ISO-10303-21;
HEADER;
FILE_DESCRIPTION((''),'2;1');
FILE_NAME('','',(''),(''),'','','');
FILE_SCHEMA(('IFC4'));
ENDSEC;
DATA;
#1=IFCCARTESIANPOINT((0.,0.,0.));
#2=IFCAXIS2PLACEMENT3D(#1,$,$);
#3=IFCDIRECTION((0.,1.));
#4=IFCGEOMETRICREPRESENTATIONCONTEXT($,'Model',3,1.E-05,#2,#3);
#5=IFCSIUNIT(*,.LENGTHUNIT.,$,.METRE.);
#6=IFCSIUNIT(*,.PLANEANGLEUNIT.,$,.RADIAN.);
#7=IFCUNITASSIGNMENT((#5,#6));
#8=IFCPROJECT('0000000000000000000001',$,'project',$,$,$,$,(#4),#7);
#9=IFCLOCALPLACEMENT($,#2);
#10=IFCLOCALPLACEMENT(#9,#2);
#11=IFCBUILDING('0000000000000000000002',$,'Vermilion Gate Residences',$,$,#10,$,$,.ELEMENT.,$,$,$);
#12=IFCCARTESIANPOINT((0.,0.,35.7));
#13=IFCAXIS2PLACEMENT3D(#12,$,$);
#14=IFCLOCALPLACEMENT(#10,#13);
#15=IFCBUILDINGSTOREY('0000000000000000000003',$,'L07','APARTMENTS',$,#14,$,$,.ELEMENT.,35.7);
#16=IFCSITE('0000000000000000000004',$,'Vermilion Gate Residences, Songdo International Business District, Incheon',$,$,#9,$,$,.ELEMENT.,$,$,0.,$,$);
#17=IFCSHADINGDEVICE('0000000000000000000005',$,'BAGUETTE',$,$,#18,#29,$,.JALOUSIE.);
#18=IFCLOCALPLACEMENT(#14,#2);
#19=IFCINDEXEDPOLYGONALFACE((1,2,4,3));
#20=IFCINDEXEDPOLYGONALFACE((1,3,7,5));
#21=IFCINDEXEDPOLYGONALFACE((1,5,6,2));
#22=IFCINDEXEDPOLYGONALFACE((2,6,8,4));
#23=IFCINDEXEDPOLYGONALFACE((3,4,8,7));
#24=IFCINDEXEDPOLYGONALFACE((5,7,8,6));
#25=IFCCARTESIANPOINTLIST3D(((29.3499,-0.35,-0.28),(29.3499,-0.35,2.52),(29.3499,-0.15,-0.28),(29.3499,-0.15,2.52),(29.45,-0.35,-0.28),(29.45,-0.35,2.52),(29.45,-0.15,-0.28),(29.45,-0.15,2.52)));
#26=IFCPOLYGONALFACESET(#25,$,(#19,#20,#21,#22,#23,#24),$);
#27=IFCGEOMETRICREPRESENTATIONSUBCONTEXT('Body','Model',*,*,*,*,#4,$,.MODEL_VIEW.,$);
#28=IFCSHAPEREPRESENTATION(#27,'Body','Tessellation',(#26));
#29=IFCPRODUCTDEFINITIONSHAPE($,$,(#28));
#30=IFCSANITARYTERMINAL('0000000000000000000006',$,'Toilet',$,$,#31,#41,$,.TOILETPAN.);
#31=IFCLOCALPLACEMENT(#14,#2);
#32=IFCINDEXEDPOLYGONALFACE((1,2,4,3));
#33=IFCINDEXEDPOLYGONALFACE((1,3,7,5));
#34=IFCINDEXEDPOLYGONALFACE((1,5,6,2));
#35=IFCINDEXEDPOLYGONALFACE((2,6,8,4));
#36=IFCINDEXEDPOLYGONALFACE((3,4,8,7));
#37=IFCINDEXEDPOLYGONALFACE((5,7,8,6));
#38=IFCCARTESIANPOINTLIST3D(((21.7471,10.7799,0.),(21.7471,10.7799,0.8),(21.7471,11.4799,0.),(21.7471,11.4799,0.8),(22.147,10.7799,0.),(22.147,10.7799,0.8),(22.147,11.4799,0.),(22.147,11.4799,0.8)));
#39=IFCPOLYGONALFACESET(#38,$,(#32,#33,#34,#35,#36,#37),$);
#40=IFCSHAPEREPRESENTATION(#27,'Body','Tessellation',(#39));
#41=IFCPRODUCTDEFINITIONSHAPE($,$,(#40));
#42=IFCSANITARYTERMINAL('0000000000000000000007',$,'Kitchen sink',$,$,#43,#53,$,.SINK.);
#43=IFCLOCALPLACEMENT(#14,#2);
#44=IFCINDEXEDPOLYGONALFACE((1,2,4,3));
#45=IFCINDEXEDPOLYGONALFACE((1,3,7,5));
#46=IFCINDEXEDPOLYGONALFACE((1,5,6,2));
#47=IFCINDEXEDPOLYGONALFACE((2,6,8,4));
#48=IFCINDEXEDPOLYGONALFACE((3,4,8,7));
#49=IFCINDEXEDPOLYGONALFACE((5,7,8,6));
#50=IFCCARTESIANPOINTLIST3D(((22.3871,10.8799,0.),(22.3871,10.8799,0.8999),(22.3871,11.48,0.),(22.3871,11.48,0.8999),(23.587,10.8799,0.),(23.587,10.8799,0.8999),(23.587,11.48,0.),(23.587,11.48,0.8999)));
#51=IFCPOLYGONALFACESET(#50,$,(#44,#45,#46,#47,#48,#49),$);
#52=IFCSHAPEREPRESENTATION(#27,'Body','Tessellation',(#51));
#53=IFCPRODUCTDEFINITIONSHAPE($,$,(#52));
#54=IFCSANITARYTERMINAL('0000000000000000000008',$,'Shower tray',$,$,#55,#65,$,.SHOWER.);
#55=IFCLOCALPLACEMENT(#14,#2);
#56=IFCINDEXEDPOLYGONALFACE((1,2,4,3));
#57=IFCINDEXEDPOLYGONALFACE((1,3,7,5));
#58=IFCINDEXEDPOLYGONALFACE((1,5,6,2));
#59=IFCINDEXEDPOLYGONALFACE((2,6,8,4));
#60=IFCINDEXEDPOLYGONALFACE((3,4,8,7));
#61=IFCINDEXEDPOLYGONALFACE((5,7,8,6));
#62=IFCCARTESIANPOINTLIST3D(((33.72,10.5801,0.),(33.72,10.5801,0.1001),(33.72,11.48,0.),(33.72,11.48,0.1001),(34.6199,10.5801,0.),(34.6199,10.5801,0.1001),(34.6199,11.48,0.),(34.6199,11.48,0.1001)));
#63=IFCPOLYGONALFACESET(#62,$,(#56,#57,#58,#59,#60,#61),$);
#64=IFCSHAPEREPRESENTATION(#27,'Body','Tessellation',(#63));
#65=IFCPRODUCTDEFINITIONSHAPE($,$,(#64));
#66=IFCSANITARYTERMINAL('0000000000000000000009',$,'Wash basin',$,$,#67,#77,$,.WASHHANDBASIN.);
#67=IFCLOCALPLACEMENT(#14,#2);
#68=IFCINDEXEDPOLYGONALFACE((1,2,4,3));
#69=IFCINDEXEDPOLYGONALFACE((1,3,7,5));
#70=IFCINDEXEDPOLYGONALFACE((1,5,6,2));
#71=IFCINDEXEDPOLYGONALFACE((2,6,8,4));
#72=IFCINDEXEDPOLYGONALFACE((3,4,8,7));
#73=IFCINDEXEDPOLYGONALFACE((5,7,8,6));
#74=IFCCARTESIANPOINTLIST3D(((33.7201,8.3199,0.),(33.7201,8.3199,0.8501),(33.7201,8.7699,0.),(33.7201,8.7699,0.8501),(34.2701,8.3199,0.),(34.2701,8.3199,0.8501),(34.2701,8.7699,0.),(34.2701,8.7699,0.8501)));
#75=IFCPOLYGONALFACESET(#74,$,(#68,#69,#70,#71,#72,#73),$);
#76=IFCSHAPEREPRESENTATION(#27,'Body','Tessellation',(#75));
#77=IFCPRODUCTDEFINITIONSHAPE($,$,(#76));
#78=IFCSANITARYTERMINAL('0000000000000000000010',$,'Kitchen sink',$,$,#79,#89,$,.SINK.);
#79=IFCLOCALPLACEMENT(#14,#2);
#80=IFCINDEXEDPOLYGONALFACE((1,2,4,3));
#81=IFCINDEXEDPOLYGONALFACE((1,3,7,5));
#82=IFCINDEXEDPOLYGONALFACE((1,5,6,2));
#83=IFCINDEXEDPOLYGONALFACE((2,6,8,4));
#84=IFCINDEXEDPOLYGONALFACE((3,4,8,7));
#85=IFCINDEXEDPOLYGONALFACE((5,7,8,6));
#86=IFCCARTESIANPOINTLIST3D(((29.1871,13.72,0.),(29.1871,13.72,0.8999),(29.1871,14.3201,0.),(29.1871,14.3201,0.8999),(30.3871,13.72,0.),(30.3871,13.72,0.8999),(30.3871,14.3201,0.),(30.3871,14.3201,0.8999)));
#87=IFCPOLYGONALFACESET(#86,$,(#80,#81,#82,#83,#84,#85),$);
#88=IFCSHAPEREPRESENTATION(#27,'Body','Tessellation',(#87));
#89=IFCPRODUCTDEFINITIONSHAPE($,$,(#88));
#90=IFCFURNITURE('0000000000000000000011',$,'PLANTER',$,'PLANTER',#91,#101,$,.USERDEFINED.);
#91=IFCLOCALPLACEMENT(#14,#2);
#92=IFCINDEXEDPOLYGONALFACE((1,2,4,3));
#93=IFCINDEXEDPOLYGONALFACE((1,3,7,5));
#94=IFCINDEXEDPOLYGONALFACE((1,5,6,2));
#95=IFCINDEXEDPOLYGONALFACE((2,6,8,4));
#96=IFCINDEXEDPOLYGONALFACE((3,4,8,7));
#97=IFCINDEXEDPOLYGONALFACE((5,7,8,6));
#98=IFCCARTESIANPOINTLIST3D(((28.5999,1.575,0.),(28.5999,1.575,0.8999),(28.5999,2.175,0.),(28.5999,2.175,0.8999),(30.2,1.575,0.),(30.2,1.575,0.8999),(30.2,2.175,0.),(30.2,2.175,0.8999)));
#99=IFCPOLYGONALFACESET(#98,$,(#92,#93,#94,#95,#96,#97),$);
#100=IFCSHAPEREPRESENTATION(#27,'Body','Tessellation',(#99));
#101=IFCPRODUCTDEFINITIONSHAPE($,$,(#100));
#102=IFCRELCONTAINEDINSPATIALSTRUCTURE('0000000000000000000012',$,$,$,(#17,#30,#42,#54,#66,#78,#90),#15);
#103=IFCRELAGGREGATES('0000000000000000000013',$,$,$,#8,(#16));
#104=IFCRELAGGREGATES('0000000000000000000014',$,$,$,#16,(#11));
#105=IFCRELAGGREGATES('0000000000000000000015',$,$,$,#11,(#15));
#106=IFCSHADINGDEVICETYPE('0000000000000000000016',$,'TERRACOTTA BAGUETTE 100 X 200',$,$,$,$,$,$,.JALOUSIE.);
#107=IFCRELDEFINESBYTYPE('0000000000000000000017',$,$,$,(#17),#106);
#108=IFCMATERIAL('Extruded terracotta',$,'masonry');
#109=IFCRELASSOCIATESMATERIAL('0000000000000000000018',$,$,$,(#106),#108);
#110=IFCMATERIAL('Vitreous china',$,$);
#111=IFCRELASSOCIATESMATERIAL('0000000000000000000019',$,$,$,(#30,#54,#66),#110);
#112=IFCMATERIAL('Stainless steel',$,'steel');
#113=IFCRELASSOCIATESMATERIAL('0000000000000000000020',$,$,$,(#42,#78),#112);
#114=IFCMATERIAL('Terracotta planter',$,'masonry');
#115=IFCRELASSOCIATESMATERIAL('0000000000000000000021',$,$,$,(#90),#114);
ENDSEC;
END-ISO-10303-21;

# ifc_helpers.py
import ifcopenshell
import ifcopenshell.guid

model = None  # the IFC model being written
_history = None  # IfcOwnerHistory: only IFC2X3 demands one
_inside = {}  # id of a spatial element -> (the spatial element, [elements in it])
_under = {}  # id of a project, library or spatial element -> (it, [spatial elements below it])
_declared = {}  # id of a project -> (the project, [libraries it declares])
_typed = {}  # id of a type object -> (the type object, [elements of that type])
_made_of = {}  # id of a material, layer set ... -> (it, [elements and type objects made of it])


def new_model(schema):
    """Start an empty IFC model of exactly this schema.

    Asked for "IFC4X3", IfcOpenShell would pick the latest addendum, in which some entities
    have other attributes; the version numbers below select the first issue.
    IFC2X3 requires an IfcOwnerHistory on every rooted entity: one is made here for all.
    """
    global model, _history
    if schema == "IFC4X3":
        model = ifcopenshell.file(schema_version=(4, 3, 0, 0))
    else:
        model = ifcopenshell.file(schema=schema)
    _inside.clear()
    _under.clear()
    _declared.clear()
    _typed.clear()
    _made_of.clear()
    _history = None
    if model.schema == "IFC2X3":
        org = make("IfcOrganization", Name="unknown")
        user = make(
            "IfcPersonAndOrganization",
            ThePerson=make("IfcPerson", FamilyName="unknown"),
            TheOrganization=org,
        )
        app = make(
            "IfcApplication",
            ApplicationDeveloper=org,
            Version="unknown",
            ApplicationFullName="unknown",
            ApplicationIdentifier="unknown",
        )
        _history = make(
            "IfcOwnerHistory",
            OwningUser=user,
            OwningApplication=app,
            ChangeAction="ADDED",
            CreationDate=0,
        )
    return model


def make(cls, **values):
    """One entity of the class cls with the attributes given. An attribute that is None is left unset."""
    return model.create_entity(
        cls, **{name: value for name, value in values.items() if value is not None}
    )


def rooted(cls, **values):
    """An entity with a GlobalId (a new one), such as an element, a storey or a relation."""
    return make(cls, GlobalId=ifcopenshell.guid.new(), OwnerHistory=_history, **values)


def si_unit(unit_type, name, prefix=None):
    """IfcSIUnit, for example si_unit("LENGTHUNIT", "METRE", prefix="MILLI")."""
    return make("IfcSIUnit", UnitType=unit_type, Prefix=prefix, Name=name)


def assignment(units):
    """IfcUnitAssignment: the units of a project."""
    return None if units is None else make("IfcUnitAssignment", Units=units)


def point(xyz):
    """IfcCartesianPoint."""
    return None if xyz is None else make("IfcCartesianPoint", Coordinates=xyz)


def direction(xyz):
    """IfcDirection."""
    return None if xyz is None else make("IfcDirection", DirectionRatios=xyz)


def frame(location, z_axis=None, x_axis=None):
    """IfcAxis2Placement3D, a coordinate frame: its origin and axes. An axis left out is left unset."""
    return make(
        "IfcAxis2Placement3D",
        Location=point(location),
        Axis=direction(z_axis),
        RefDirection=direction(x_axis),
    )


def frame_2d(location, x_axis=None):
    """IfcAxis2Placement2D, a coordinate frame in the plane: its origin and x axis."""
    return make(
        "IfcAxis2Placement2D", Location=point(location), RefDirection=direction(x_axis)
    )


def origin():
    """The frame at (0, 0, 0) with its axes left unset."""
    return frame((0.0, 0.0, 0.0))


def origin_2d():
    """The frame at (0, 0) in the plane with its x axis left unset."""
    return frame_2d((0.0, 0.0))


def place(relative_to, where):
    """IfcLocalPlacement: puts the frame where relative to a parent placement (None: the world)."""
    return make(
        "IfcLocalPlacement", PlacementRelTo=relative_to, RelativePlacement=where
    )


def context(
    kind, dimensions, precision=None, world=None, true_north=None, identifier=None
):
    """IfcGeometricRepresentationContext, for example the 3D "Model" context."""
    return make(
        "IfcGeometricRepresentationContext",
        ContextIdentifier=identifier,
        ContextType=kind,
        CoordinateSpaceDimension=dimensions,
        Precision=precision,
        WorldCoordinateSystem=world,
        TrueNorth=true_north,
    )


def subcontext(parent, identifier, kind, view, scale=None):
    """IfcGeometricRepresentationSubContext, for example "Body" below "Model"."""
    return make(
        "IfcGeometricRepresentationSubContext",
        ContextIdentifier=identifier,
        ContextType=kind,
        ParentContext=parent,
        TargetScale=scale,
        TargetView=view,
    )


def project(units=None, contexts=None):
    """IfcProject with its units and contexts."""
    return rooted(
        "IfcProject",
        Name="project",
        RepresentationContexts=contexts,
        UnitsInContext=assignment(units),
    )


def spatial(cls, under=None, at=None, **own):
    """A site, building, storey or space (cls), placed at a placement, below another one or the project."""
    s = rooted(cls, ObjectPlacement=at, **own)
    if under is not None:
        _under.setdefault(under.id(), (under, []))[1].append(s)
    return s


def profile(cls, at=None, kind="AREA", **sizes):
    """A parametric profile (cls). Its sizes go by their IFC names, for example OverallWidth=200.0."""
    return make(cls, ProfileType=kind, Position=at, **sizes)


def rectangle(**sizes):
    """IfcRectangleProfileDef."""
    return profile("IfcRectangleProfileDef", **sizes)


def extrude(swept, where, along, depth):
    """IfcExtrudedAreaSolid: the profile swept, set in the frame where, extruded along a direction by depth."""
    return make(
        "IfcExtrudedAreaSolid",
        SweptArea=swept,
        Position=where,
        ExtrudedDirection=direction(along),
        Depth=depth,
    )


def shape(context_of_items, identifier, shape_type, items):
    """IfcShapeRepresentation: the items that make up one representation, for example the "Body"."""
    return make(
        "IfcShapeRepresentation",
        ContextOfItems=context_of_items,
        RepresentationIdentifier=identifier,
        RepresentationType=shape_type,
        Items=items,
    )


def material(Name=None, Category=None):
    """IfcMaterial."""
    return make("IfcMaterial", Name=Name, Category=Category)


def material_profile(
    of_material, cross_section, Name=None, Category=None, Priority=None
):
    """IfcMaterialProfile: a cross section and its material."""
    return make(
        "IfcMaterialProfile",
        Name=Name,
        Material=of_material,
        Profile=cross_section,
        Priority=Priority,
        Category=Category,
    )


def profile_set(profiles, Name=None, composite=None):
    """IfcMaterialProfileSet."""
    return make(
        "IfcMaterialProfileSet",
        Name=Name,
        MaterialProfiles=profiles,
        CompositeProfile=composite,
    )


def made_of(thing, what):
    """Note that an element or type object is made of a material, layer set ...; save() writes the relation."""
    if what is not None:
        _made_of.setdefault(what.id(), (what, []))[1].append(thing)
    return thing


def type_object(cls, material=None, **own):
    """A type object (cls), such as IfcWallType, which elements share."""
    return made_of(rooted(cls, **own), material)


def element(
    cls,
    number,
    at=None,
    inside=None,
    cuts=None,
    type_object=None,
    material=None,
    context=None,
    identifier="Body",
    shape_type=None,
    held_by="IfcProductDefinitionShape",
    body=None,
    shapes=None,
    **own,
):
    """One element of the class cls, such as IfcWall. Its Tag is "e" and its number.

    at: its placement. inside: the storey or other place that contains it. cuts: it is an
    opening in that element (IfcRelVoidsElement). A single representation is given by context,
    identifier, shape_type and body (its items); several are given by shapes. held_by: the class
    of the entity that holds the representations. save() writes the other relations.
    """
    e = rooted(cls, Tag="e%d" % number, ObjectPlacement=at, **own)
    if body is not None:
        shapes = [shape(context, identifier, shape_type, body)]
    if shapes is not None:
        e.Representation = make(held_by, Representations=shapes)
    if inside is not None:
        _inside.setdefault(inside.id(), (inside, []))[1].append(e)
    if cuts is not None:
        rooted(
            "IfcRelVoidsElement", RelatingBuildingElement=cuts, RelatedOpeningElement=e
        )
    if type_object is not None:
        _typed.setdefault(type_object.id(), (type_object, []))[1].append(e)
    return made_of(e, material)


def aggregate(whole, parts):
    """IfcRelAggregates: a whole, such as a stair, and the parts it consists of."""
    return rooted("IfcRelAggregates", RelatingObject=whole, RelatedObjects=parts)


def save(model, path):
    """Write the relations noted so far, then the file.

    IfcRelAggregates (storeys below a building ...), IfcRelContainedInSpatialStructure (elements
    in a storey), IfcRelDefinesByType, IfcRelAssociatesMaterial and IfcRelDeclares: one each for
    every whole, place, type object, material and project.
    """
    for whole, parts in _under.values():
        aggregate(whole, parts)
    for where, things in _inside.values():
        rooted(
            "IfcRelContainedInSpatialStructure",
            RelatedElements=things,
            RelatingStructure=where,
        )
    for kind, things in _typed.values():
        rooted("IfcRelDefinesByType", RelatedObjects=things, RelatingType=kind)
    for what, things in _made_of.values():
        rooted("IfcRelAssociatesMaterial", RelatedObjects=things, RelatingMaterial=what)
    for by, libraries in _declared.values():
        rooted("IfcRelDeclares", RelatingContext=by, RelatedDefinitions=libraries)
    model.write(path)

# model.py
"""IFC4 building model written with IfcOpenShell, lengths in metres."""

from ifc_helpers import new_model, si_unit, direction, frame, origin, origin_2d, place, context, subcontext, project, spatial, rectangle, extrude, material, material_profile, profile_set, type_object, element, save


model = new_model("IFC4")

# Units and contexts
model_context = context("Model", 3, precision=1e-05, world=origin(), true_north=direction((0.0, 1.0)))
body_context = subcontext(model_context, "Body", "Model", "MODEL_VIEW")
ifc_project = project(units=[si_unit("LENGTHUNIT", "METRE"), si_unit("PLANEANGLEUNIT", "RADIAN")], contexts=[model_context])

# Site, building, storey
site_placement = place(None, origin())
site = spatial("IfcSite", under=ifc_project, at=site_placement, Name="Vermilion Gate Residences, Songdo International Business District, Incheon", CompositionType="ELEMENT", RefElevation=0.0)
building_placement = place(site_placement, origin())
building = spatial("IfcBuilding", under=site, at=building_placement, Name="Vermilion Gate Residences", CompositionType="ELEMENT")
storey_placement = place(building_placement, frame((0.0, 0.0, 35.7)))
storey = spatial("IfcBuildingStorey", under=building, at=storey_placement, Name="L07", Description="APARTMENTS", CompositionType="ELEMENT", Elevation=35.7)

# Shading device
ifc_material_1 = material(Name="Extruded terracotta", Category="masonry")
ifc_material_profile_1 = material_profile(ifc_material_1, rectangle(XDim=0.2, YDim=0.1001, at=origin_2d()), Name="BAGUETTE 100 X 200")
ifc_profile_set_1 = profile_set([ifc_material_profile_1], Name="Extruded terracotta")
shading_device_type = type_object("IfcShadingDeviceType", Name="TERRACOTTA BAGUETTE 100 X 200", PredefinedType="JALOUSIE", material=ifc_profile_set_1)
for number, where, z_axis, x_axis, name in (
    (1, (29.3999, -0.25, -0.28), (0.0, 0.0, 1.0), (0.0, 1.0, 0.0), "BAGUETTE"),
):
    element("IfcShadingDevice", number, at=place(storey_placement, frame(where, z_axis=z_axis, x_axis=x_axis)), inside=storey, type_object=shading_device_type, Name=name, PredefinedType="JALOUSIE", context=body_context, shape_type="SweptSolid", body=[
        extrude(rectangle(XDim=0.2, YDim=0.1001, at=origin_2d()), origin(), (0.0, 0.0, 1.0), 2.8),
    ])

# Sanitary terminals
ifc_material_2 = material(Name="Vitreous china")
sanitary_terminal_1_placement = place(storey_placement, frame((21.947, 11.1299, 0.0), z_axis=(0.0, 0.0, 1.0), x_axis=(1.0, 0.0, 0.0)))
element("IfcSanitaryTerminal", 2, at=sanitary_terminal_1_placement, inside=storey, material=ifc_material_2, Name="Toilet", PredefinedType="TOILETPAN", context=body_context, shape_type="SweptSolid", body=[
    extrude(rectangle(XDim=0.3999, YDim=0.7, at=origin_2d()), origin(), (0.0, 0.0, 1.0), 0.8),
])
ifc_material_3 = material(Name="Stainless steel", Category="steel")
sanitary_terminal_2_placement = place(storey_placement, frame((22.9871, 11.1799, 0.0), z_axis=(0.0, 0.0, 1.0), x_axis=(1.0, 0.0, 0.0)))
element("IfcSanitaryTerminal", 3, at=sanitary_terminal_2_placement, inside=storey, material=ifc_material_3, Name="Kitchen sink", PredefinedType="SINK", context=body_context, shape_type="SweptSolid", body=[
    extrude(rectangle(XDim=1.2, YDim=0.6001, at=origin_2d()), origin(), (0.0, 0.0, 1.0), 0.8999),
])
sanitary_terminal_3_placement = place(storey_placement, frame((34.1699, 11.03, 0.0), z_axis=(0.0, 0.0, 1.0), x_axis=(1.0, 0.0, 0.0)))
element("IfcSanitaryTerminal", 4, at=sanitary_terminal_3_placement, inside=storey, material=ifc_material_2, Name="Shower tray", PredefinedType="SHOWER", context=body_context, shape_type="SweptSolid", body=[
    extrude(rectangle(XDim=0.8999, YDim=0.8999, at=origin_2d()), origin(), (0.0, 0.0, 1.0), 0.1001),
])
sanitary_terminal_4_placement = place(storey_placement, frame((33.9951, 8.5449, 0.0), z_axis=(0.0, 0.0, 1.0), x_axis=(1.0, 0.0, 0.0)))
element("IfcSanitaryTerminal", 5, at=sanitary_terminal_4_placement, inside=storey, material=ifc_material_2, Name="Wash basin", PredefinedType="WASHHANDBASIN", context=body_context, shape_type="SweptSolid", body=[
    extrude(rectangle(XDim=0.55, YDim=0.45, at=origin_2d()), origin(), (0.0, 0.0, 1.0), 0.8501),
])
sanitary_terminal_5_placement = place(storey_placement, frame((29.7871, 14.02, 0.0), z_axis=(0.0, 0.0, 1.0), x_axis=(1.0, 0.0, 0.0)))
element("IfcSanitaryTerminal", 6, at=sanitary_terminal_5_placement, inside=storey, material=ifc_material_3, Name="Kitchen sink", PredefinedType="SINK", context=body_context, shape_type="SweptSolid", body=[
    extrude(rectangle(XDim=1.2, YDim=0.6001, at=origin_2d()), origin(), (0.0, 0.0, 1.0), 0.8999),
])

# Furniture
ifc_material_4 = material(Name="Terracotta planter", Category="masonry")
furniture_placement = place(storey_placement, frame((29.3999, 1.875, 0.0), z_axis=(0.0, 0.0, 1.0), x_axis=(1.0, 0.0, 0.0)))
element("IfcFurniture", 7, at=furniture_placement, inside=storey, material=ifc_material_4, Name="PLANTER", ObjectType="PLANTER", PredefinedType="USERDEFINED", context=body_context, shape_type="SweptSolid", body=[
    extrude(rectangle(XDim=1.6001, YDim=0.6001, at=origin_2d()), origin(), (0.0, 0.0, 1.0), 0.8999),
])

save(model, "model.ifc")
